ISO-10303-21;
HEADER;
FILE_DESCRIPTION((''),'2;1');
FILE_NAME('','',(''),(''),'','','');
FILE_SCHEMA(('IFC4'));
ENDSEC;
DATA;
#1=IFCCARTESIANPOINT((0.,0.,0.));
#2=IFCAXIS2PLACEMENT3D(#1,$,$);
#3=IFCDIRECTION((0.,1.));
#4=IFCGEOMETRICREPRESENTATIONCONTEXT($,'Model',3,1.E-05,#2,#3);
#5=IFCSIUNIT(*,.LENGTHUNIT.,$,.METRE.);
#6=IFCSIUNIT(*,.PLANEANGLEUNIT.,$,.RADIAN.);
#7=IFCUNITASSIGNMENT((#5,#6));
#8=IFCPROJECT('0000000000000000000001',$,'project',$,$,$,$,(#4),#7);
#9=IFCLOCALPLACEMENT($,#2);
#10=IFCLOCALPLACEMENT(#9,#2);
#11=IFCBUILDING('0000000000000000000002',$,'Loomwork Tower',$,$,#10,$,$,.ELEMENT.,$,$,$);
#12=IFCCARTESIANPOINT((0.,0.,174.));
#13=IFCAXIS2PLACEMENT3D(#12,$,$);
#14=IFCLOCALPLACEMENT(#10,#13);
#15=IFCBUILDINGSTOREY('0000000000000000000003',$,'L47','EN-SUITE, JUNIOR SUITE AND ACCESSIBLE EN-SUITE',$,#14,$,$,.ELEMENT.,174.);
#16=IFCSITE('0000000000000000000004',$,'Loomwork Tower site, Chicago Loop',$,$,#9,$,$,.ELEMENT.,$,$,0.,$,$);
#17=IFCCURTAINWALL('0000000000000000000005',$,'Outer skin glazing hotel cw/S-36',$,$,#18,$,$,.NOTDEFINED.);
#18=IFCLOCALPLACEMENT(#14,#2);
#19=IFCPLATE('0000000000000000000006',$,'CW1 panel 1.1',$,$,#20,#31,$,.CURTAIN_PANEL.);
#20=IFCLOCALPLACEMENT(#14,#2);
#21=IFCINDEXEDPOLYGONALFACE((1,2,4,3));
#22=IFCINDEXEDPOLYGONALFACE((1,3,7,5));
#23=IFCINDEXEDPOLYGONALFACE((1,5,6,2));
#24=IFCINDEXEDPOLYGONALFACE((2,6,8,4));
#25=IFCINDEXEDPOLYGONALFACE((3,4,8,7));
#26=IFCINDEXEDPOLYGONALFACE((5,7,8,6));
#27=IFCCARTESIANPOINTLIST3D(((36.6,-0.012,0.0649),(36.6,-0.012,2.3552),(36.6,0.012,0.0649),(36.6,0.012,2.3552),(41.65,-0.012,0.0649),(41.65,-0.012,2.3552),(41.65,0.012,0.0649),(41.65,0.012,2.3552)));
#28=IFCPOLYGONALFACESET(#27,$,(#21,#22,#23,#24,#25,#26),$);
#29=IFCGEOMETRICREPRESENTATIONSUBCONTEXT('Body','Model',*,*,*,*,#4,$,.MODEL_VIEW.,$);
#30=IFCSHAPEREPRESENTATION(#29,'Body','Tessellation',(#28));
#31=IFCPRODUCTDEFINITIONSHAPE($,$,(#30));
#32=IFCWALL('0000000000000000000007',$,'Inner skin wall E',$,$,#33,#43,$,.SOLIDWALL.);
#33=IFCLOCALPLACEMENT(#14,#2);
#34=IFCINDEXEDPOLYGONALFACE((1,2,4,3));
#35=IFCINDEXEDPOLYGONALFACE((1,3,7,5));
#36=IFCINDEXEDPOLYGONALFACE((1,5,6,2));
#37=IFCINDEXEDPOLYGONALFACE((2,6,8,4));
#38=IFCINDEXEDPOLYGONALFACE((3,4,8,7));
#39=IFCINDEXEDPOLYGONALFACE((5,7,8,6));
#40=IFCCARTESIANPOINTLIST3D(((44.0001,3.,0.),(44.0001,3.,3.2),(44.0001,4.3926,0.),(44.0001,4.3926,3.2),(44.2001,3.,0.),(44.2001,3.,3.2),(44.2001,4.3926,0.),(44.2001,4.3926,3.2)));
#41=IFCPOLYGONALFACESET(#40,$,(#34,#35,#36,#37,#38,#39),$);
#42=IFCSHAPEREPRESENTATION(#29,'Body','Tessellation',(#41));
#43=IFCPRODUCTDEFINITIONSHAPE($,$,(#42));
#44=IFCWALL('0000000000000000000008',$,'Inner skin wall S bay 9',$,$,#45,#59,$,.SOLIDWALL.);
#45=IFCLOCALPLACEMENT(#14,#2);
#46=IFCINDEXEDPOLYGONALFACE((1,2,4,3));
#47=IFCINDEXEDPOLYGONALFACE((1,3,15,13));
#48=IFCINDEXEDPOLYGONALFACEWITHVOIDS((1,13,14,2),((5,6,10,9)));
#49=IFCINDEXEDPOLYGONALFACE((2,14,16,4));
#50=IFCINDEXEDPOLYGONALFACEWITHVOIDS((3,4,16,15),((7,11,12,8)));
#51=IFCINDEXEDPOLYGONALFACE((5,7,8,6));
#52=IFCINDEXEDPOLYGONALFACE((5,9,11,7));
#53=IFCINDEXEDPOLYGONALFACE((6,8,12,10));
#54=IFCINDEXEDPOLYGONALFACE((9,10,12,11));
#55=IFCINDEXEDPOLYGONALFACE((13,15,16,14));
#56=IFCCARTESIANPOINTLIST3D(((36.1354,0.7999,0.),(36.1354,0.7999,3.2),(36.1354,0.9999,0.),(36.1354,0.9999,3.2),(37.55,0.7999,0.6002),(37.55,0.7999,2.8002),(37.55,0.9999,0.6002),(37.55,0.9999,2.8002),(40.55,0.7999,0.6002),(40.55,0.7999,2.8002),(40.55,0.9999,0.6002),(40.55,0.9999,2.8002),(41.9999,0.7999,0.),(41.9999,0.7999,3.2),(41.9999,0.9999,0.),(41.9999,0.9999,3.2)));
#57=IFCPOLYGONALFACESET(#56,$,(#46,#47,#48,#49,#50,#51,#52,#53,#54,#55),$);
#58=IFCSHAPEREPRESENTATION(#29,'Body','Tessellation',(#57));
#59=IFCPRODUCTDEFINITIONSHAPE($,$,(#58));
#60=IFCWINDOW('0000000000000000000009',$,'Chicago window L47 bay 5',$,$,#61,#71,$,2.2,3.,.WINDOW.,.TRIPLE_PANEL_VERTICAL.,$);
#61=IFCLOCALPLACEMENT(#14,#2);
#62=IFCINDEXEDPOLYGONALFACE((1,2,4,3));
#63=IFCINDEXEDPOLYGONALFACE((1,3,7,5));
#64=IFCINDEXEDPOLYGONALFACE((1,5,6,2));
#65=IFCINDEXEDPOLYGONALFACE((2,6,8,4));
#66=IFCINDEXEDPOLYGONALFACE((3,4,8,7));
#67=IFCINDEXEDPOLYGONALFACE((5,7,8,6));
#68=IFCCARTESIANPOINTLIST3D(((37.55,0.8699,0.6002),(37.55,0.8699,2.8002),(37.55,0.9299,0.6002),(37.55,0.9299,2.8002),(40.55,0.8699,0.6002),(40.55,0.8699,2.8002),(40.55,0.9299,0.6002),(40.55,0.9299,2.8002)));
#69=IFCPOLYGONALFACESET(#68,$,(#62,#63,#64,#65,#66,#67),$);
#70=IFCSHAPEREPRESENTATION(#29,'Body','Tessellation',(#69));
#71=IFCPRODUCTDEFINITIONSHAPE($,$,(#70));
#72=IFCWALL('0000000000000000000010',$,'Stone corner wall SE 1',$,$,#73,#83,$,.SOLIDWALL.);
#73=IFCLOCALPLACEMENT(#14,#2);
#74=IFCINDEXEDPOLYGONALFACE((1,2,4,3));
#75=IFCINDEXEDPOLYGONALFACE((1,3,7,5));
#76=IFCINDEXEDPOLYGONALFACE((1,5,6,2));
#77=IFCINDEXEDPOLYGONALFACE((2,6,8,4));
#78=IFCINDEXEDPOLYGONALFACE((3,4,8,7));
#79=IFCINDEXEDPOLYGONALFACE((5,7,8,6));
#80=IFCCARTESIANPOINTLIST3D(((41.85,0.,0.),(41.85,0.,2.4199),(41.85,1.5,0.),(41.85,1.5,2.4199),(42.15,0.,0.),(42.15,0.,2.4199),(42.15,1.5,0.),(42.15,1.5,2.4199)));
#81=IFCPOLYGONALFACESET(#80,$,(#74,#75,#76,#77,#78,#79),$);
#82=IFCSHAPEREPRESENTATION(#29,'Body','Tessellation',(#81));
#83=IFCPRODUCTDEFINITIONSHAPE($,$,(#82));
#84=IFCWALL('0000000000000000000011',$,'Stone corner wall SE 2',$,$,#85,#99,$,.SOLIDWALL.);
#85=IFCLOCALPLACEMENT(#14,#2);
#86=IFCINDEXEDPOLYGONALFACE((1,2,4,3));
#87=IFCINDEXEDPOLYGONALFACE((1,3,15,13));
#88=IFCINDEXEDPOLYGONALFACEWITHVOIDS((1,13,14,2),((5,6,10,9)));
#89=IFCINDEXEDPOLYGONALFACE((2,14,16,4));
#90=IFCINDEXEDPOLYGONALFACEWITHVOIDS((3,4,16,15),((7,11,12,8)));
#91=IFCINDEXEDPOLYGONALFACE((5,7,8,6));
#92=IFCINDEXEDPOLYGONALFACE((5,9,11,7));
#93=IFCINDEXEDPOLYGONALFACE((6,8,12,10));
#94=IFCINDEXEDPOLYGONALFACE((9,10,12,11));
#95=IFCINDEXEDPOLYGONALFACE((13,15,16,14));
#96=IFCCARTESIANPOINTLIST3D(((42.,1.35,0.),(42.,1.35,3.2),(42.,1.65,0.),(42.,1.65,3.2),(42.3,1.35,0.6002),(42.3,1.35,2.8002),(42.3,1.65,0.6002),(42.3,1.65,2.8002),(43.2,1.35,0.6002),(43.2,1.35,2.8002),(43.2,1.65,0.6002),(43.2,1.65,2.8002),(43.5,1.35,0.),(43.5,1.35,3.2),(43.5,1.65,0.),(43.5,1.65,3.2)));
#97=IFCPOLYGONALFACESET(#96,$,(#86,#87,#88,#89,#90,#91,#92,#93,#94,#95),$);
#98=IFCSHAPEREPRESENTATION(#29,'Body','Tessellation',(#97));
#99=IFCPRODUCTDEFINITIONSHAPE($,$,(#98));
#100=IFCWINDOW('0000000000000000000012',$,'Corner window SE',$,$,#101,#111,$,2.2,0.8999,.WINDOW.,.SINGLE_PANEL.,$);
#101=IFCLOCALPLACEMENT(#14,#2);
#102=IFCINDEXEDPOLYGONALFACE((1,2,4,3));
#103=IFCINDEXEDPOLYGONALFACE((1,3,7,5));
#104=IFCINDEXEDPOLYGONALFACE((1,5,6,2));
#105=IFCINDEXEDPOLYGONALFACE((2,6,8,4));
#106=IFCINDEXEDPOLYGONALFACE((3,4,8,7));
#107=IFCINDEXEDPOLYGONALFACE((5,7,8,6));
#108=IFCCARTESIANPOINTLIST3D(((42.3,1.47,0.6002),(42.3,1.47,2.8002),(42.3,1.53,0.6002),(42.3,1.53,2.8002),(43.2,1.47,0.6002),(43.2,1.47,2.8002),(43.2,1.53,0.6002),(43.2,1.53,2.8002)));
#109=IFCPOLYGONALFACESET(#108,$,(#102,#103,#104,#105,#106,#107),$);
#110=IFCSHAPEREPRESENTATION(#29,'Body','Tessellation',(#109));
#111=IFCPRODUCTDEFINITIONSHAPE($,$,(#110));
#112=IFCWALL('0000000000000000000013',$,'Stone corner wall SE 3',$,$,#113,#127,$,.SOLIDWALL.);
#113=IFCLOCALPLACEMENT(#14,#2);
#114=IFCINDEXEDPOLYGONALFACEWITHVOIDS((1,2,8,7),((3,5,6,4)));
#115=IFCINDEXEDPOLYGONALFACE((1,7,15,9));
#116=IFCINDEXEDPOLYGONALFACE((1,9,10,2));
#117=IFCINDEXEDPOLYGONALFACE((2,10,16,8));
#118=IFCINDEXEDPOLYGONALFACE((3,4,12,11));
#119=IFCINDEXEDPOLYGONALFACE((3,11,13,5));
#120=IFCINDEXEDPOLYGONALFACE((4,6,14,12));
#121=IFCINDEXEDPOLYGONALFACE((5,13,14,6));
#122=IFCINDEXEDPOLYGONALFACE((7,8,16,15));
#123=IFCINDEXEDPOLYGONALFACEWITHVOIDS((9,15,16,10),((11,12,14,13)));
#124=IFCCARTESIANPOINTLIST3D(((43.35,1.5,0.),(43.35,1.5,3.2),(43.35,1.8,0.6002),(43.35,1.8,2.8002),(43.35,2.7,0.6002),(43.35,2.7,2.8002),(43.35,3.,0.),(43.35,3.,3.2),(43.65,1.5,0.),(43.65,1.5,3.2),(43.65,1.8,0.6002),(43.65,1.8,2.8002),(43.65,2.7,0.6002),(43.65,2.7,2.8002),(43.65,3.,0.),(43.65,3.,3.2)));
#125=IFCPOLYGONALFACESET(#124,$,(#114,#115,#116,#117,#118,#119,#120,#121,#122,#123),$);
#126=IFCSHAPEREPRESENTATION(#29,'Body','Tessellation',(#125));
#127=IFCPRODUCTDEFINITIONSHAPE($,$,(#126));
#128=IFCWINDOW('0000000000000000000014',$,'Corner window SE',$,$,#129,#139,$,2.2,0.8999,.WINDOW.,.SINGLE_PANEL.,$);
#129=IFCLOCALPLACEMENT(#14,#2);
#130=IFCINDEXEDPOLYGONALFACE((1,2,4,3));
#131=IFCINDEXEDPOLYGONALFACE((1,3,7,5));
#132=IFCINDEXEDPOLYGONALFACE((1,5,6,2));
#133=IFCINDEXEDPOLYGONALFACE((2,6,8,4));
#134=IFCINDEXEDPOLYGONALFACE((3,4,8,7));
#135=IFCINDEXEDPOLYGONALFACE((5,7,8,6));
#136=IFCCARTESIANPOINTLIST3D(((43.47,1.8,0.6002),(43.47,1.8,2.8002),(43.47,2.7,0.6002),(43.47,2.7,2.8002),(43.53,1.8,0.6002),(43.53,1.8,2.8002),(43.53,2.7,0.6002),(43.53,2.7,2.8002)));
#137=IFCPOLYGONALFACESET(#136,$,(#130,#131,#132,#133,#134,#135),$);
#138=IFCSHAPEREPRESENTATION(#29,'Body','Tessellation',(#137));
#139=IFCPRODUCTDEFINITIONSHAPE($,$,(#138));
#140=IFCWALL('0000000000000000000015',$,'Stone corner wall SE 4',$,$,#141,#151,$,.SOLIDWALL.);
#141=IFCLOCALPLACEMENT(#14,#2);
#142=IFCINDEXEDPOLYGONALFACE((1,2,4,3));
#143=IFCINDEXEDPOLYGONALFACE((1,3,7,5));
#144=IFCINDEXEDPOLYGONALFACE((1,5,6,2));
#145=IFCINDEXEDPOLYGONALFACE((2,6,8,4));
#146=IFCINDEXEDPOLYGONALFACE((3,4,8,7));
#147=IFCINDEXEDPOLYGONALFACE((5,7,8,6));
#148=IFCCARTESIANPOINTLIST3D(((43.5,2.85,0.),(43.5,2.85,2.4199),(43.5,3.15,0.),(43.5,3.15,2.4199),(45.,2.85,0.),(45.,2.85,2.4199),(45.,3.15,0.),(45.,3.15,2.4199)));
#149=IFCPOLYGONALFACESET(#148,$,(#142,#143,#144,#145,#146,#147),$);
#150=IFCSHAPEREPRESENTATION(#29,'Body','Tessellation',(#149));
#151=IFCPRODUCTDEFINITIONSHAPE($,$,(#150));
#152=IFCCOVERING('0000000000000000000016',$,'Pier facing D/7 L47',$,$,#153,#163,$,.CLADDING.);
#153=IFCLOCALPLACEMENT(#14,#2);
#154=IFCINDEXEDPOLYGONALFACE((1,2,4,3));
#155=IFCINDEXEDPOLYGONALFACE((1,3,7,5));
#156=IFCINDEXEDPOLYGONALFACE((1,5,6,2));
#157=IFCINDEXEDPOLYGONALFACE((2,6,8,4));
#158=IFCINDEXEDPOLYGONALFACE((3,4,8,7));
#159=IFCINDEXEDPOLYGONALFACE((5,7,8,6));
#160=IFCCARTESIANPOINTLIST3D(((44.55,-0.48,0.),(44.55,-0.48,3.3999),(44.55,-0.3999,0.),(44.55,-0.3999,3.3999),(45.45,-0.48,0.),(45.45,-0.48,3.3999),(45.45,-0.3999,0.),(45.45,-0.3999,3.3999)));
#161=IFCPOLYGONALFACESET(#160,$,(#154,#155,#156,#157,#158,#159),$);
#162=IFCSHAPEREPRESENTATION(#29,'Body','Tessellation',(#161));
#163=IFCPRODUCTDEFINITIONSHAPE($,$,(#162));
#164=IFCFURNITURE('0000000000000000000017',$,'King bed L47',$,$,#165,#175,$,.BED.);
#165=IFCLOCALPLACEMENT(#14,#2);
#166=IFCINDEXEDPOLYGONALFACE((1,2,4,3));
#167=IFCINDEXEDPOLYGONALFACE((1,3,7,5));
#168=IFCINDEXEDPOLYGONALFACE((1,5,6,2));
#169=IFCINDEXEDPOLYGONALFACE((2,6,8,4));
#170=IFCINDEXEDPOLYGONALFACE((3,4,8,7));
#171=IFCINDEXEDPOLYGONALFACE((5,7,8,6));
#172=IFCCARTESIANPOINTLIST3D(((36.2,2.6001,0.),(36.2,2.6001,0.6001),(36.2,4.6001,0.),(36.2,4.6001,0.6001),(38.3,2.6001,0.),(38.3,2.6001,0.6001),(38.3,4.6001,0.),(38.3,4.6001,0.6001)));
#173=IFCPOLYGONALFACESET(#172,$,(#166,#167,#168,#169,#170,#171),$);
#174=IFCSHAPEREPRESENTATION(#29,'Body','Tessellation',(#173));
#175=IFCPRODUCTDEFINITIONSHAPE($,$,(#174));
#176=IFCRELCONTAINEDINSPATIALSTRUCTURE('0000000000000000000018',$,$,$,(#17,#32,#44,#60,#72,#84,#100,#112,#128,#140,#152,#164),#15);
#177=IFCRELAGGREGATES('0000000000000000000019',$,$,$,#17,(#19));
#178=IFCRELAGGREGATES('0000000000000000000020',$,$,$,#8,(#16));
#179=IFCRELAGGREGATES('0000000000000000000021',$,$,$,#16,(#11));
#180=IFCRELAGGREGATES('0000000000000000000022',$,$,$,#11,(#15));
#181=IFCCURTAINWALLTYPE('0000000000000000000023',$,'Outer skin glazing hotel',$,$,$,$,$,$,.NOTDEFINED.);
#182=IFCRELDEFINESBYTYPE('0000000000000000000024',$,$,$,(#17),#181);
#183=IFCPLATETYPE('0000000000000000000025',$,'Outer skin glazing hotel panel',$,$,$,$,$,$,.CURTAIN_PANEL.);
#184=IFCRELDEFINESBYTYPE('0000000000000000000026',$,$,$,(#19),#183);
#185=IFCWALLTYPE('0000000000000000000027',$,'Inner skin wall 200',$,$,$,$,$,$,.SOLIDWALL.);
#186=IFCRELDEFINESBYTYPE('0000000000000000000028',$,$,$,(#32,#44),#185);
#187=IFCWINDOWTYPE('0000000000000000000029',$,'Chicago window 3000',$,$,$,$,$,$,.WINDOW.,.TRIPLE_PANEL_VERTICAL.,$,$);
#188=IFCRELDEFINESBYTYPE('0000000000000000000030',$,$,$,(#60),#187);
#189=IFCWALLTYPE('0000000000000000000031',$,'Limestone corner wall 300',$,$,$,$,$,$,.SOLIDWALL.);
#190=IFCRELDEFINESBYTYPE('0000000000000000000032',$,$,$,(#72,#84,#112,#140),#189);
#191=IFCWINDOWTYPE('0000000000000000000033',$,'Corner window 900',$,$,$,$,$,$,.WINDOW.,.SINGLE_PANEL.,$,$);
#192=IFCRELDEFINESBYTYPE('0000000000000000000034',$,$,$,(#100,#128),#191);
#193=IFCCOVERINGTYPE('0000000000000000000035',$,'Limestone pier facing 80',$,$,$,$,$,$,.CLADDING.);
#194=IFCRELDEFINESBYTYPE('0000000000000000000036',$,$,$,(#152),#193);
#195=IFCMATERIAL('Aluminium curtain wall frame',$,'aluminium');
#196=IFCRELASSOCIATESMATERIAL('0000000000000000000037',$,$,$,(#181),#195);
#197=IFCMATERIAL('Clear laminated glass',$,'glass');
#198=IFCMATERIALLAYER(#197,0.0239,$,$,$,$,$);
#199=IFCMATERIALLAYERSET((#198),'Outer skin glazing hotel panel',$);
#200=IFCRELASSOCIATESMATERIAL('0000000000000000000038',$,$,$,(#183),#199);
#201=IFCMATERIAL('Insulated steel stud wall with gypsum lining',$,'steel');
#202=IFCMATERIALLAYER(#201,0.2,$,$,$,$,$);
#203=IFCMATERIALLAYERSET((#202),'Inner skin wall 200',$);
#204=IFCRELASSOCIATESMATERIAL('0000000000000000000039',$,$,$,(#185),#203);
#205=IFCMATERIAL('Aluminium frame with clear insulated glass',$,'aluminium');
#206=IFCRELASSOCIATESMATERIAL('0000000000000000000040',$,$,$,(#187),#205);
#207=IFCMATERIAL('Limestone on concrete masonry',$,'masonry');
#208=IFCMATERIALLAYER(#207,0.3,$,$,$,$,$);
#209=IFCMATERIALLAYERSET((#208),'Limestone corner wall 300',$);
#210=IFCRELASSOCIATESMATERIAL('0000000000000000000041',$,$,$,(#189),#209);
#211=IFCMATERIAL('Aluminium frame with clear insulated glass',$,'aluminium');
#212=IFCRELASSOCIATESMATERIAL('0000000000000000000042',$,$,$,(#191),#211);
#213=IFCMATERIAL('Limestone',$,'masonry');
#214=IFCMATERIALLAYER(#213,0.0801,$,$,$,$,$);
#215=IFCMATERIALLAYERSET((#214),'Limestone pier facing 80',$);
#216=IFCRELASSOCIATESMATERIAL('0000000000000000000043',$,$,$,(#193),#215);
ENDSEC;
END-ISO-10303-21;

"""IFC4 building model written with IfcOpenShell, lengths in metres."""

from ifc_helpers import new_model, si_unit, direction, frame, frame_2d, origin, origin_2d, place, context, subcontext, project, spatial, rectangle, extrude, material, layer, layer_set, type_object, element, fill, aggregate, save


model = new_model("IFC4")

# Units and contexts
model_context = context("Model", 3, precision=1e-05, world=origin(), true_north=direction((0.0, 1.0)))
body_context = subcontext(model_context, "Body", "Model", "MODEL_VIEW")
ifc_project = project(units=[si_unit("LENGTHUNIT", "METRE"), si_unit("PLANEANGLEUNIT", "RADIAN")], contexts=[model_context])

# Site, building, storey
site_placement = place(None, origin())
site = spatial("IfcSite", under=ifc_project, at=site_placement, Name="Loomwork Tower site, Chicago Loop", CompositionType="ELEMENT", RefElevation=0.0)
building_placement = place(site_placement, origin())
building = spatial("IfcBuilding", under=site, at=building_placement, Name="Loomwork Tower", CompositionType="ELEMENT")
storey_placement = place(building_placement, frame((0.0, 0.0, 174.0)))
storey = spatial("IfcBuildingStorey", under=building, at=storey_placement, Name="L47", Description="EN-SUITE, JUNIOR SUITE AND ACCESSIBLE EN-SUITE", CompositionType="ELEMENT", Elevation=174.0)

# Curtain wall
ifc_material_1 = material(Name="Aluminium curtain wall frame", Category="aluminium")
curtain_wall_type = type_object("IfcCurtainWallType", Name="Outer skin glazing hotel", PredefinedType="NOTDEFINED", material=ifc_material_1)
curtain_wall_1_placement = place(storey_placement, origin())
curtain_wall_1 = element("IfcCurtainWall", 1, at=curtain_wall_1_placement, inside=storey, type_object=curtain_wall_type, Name="Outer skin glazing hotel cw/S-36", PredefinedType="NOTDEFINED")

# Plate
ifc_material_2 = material(Name="Clear laminated glass", Category="glass")
ifc_layer_1 = layer(ifc_material_2, 0.0239)
ifc_layer_set_1 = layer_set([ifc_layer_1], Name="Outer skin glazing hotel panel")
plate_type = type_object("IfcPlateType", Name="Outer skin glazing hotel panel", PredefinedType="CURTAIN_PANEL", material=ifc_layer_set_1)
plate_placement = place(storey_placement, frame((39.125, 0.0, 0.0649), z_axis=(0.0, 0.0, 1.0), x_axis=(1.0, 0.0, 0.0)))
plate = element("IfcPlate", 2, at=plate_placement, type_object=plate_type, Name="CW1 panel 1.1", PredefinedType="CURTAIN_PANEL", context=body_context, shape_type="SweptSolid", body=[
    extrude(rectangle(XDim=5.05, YDim=0.0239, at=origin_2d()), origin(), (0.0, 0.0, 1.0), 2.2903),
])
aggregate(curtain_wall_1, [plate])

# Wall
ifc_material_3 = material(Name="Insulated steel stud wall with gypsum lining", Category="steel")
ifc_layer_2 = layer(ifc_material_3, 0.2)
ifc_layer_set_2 = layer_set([ifc_layer_2], Name="Inner skin wall 200")
wall_type_1 = type_object("IfcWallType", Name="Inner skin wall 200", PredefinedType="SOLIDWALL", material=ifc_layer_set_2)
wall_1_placement = place(storey_placement, frame((44.1001, 3.0, 0.0), z_axis=(0.0, 0.0, 1.0), x_axis=(0.0, 1.0, 0.0)))
element("IfcWall", 3, at=wall_1_placement, inside=storey, type_object=wall_type_1, Name="Inner skin wall E", PredefinedType="SOLIDWALL", context=body_context, shape_type="SweptSolid", body=[
    extrude(rectangle(XDim=1.3926, YDim=0.2, at=frame_2d((0.6963, 0.0))), origin(), (0.0, 0.0, 1.0), 3.2),
])

# Wall, opening, window
wall_2_placement = place(storey_placement, frame((36.1355, 0.8999, 0.0), z_axis=(0.0, 0.0, 1.0), x_axis=(1.0, 0.0, 0.0)))
wall_2 = element("IfcWall", 4, at=wall_2_placement, inside=storey, type_object=wall_type_1, Name="Inner skin wall S bay 9", PredefinedType="SOLIDWALL", context=body_context, shape_type="SweptSolid", body=[
    extrude(rectangle(XDim=5.8645, YDim=0.2, at=frame_2d((2.9321, 0.0))), origin(), (0.0, 0.0, 1.0), 3.2),
])
opening_1_placement = place(wall_2_placement, frame((1.4146, 0.0, 0.6001)))
opening_1 = element("IfcOpeningElement", 5, at=opening_1_placement, cuts=wall_2, PredefinedType="OPENING", context=body_context, shape_type="SweptSolid", body=[
    extrude(rectangle(XDim=3.0, YDim=2.2, at=frame_2d((1.5, 1.1001))), frame((0.0, 0.1099, 0.0), z_axis=(0.0, -1.0, 0.0), x_axis=(1.0, 0.0, 0.0)), (0.0, 0.0, 1.0), 0.22),
])
ifc_material_4 = material(Name="Aluminium frame with clear insulated glass", Category="aluminium")
window_type_1 = type_object("IfcWindowType", Name="Chicago window 3000", PartitioningType="TRIPLE_PANEL_VERTICAL", PredefinedType="WINDOW", material=ifc_material_4)
window_1_placement = place(opening_1_placement, origin())
window_1 = element("IfcWindow", 6, at=window_1_placement, inside=storey, type_object=window_type_1, Name="Chicago window L47 bay 5", OverallHeight=2.2, OverallWidth=3.0, PartitioningType="TRIPLE_PANEL_VERTICAL", PredefinedType="WINDOW", context=body_context, shape_type="SweptSolid", body=[
    extrude(rectangle(XDim=3.0, YDim=2.2, at=frame_2d((1.5, 1.1001))), frame((0.0, 0.03, 0.0), z_axis=(0.0, -1.0, 0.0), x_axis=(1.0, 0.0, 0.0)), (0.0, 0.0, 1.0), 0.0601),
])
fill(opening_1, window_1)

# Wall
ifc_material_5 = material(Name="Limestone on concrete masonry", Category="masonry")
ifc_layer_3 = layer(ifc_material_5, 0.3)
ifc_layer_set_3 = layer_set([ifc_layer_3], Name="Limestone corner wall 300")
wall_type_2 = type_object("IfcWallType", Name="Limestone corner wall 300", PredefinedType="SOLIDWALL", material=ifc_layer_set_3)
wall_3_placement = place(storey_placement, frame((42.0, 0.0, 0.0), z_axis=(0.0, 0.0, 1.0), x_axis=(0.0, 1.0, 0.0)))
element("IfcWall", 7, at=wall_3_placement, inside=storey, type_object=wall_type_2, Name="Stone corner wall SE 1", PredefinedType="SOLIDWALL", context=body_context, shape_type="SweptSolid", body=[
    extrude(rectangle(XDim=1.5, YDim=0.3, at=frame_2d((0.75, 0.0))), origin(), (0.0, 0.0, 1.0), 2.4199),
])

# Walls, openings, windows
wall_4_placement = place(storey_placement, frame((42.0, 1.5, 0.0), z_axis=(0.0, 0.0, 1.0), x_axis=(1.0, 0.0, 0.0)))
wall_4 = element("IfcWall", 8, at=wall_4_placement, inside=storey, type_object=wall_type_2, Name="Stone corner wall SE 2", PredefinedType="SOLIDWALL", context=body_context, shape_type="SweptSolid", body=[
    extrude(rectangle(XDim=1.5, YDim=0.3, at=frame_2d((0.75, 0.0))), origin(), (0.0, 0.0, 1.0), 3.2),
])
opening_2_placement = place(wall_4_placement, frame((0.3, 0.0, 0.6001)))
opening_2 = element("IfcOpeningElement", 9, at=opening_2_placement, cuts=wall_4, PredefinedType="OPENING", context=body_context, shape_type="SweptSolid", body=[
    extrude(rectangle(XDim=0.8999, YDim=2.2, at=frame_2d((0.45, 1.1001))), frame((0.0, 0.1599, 0.0), z_axis=(0.0, -1.0, 0.0), x_axis=(1.0, 0.0, 0.0)), (0.0, 0.0, 1.0), 0.3201),
])
ifc_material_6 = material(Name="Aluminium frame with clear insulated glass", Category="aluminium")
window_type_2 = type_object("IfcWindowType", Name="Corner window 900", PartitioningType="SINGLE_PANEL", PredefinedType="WINDOW", material=ifc_material_6)
window_2_placement = place(opening_2_placement, origin())
window_2 = element("IfcWindow", 10, at=window_2_placement, inside=storey, type_object=window_type_2, Name="Corner window SE", OverallHeight=2.2, OverallWidth=0.8999, PartitioningType="SINGLE_PANEL", PredefinedType="WINDOW", context=body_context, shape_type="SweptSolid", body=[
    extrude(rectangle(XDim=0.8999, YDim=2.2, at=frame_2d((0.45, 1.1001))), frame((0.0, 0.03, 0.0), z_axis=(0.0, -1.0, 0.0), x_axis=(1.0, 0.0, 0.0)), (0.0, 0.0, 1.0), 0.0601),
])
fill(opening_2, window_2)
wall_5_placement = place(storey_placement, frame((43.5, 1.5, 0.0), z_axis=(0.0, 0.0, 1.0), x_axis=(0.0, 1.0, 0.0)))
wall_5 = element("IfcWall", 11, at=wall_5_placement, inside=storey, type_object=wall_type_2, Name="Stone corner wall SE 3", PredefinedType="SOLIDWALL", context=body_context, shape_type="SweptSolid", body=[
    extrude(rectangle(XDim=1.5, YDim=0.3, at=frame_2d((0.75, 0.0))), origin(), (0.0, 0.0, 1.0), 3.2),
])
opening_3_placement = place(wall_5_placement, frame((0.3, 0.0, 0.6001)))
opening_3 = element("IfcOpeningElement", 12, at=opening_3_placement, cuts=wall_5, PredefinedType="OPENING", context=body_context, shape_type="SweptSolid", body=[
    extrude(rectangle(XDim=0.8999, YDim=2.2, at=frame_2d((0.45, 1.1001))), frame((0.0, 0.1599, 0.0), z_axis=(0.0, -1.0, 0.0), x_axis=(1.0, 0.0, 0.0)), (0.0, 0.0, 1.0), 0.3201),
])
window_3_placement = place(opening_3_placement, origin())
window_3 = element("IfcWindow", 13, at=window_3_placement, inside=storey, type_object=window_type_2, Name="Corner window SE", OverallHeight=2.2, OverallWidth=0.8999, PartitioningType="SINGLE_PANEL", PredefinedType="WINDOW", context=body_context, shape_type="SweptSolid", body=[
    extrude(rectangle(XDim=0.8999, YDim=2.2, at=frame_2d((0.45, 1.1001))), frame((0.0, 0.03, 0.0), z_axis=(0.0, -1.0, 0.0), x_axis=(1.0, 0.0, 0.0)), (0.0, 0.0, 1.0), 0.0601),
])
fill(opening_3, window_3)

# Wall
wall_6_placement = place(storey_placement, frame((43.5, 3.0, 0.0), z_axis=(0.0, 0.0, 1.0), x_axis=(1.0, 0.0, 0.0)))
element("IfcWall", 14, at=wall_6_placement, inside=storey, type_object=wall_type_2, Name="Stone corner wall SE 4", PredefinedType="SOLIDWALL", context=body_context, shape_type="SweptSolid", body=[
    extrude(rectangle(XDim=1.5, YDim=0.3, at=frame_2d((0.75, 0.0))), origin(), (0.0, 0.0, 1.0), 2.4199),
])

# Covering
ifc_material_7 = material(Name="Limestone", Category="masonry")
ifc_layer_4 = layer(ifc_material_7, 0.0801)
ifc_layer_set_4 = layer_set([ifc_layer_4], Name="Limestone pier facing 80")
covering_type = type_object("IfcCoveringType", Name="Limestone pier facing 80", PredefinedType="CLADDING", material=ifc_layer_set_4)
covering_placement = place(storey_placement, frame((45.0, -0.4399, 0.0), z_axis=(0.0, 0.0, 1.0), x_axis=(1.0, 0.0, 0.0)))
element("IfcCovering", 15, at=covering_placement, inside=storey, type_object=covering_type, Name="Pier facing D/7 L47", PredefinedType="CLADDING", context=body_context, shape_type="SweptSolid", body=[
    extrude(rectangle(XDim=0.8999, YDim=0.0801, at=origin_2d()), origin(), (0.0, 0.0, 1.0), 3.3999),
])

# Furniture
furniture_1_placement = place(storey_placement, frame((37.25, 3.6001, 0.0), z_axis=(0.0, 0.0, 1.0), x_axis=(1.0, 0.0, 0.0)))
element("IfcFurniture", 16, at=furniture_1_placement, inside=storey, Name="King bed L47", PredefinedType="BED", context=body_context, shape_type="SweptSolid", body=[
    extrude(rectangle(XDim=2.1001, YDim=2.0, at=origin_2d()), origin(), (0.0, 0.0, 1.0), 0.6001),
])

save(model, "model.ifc")
